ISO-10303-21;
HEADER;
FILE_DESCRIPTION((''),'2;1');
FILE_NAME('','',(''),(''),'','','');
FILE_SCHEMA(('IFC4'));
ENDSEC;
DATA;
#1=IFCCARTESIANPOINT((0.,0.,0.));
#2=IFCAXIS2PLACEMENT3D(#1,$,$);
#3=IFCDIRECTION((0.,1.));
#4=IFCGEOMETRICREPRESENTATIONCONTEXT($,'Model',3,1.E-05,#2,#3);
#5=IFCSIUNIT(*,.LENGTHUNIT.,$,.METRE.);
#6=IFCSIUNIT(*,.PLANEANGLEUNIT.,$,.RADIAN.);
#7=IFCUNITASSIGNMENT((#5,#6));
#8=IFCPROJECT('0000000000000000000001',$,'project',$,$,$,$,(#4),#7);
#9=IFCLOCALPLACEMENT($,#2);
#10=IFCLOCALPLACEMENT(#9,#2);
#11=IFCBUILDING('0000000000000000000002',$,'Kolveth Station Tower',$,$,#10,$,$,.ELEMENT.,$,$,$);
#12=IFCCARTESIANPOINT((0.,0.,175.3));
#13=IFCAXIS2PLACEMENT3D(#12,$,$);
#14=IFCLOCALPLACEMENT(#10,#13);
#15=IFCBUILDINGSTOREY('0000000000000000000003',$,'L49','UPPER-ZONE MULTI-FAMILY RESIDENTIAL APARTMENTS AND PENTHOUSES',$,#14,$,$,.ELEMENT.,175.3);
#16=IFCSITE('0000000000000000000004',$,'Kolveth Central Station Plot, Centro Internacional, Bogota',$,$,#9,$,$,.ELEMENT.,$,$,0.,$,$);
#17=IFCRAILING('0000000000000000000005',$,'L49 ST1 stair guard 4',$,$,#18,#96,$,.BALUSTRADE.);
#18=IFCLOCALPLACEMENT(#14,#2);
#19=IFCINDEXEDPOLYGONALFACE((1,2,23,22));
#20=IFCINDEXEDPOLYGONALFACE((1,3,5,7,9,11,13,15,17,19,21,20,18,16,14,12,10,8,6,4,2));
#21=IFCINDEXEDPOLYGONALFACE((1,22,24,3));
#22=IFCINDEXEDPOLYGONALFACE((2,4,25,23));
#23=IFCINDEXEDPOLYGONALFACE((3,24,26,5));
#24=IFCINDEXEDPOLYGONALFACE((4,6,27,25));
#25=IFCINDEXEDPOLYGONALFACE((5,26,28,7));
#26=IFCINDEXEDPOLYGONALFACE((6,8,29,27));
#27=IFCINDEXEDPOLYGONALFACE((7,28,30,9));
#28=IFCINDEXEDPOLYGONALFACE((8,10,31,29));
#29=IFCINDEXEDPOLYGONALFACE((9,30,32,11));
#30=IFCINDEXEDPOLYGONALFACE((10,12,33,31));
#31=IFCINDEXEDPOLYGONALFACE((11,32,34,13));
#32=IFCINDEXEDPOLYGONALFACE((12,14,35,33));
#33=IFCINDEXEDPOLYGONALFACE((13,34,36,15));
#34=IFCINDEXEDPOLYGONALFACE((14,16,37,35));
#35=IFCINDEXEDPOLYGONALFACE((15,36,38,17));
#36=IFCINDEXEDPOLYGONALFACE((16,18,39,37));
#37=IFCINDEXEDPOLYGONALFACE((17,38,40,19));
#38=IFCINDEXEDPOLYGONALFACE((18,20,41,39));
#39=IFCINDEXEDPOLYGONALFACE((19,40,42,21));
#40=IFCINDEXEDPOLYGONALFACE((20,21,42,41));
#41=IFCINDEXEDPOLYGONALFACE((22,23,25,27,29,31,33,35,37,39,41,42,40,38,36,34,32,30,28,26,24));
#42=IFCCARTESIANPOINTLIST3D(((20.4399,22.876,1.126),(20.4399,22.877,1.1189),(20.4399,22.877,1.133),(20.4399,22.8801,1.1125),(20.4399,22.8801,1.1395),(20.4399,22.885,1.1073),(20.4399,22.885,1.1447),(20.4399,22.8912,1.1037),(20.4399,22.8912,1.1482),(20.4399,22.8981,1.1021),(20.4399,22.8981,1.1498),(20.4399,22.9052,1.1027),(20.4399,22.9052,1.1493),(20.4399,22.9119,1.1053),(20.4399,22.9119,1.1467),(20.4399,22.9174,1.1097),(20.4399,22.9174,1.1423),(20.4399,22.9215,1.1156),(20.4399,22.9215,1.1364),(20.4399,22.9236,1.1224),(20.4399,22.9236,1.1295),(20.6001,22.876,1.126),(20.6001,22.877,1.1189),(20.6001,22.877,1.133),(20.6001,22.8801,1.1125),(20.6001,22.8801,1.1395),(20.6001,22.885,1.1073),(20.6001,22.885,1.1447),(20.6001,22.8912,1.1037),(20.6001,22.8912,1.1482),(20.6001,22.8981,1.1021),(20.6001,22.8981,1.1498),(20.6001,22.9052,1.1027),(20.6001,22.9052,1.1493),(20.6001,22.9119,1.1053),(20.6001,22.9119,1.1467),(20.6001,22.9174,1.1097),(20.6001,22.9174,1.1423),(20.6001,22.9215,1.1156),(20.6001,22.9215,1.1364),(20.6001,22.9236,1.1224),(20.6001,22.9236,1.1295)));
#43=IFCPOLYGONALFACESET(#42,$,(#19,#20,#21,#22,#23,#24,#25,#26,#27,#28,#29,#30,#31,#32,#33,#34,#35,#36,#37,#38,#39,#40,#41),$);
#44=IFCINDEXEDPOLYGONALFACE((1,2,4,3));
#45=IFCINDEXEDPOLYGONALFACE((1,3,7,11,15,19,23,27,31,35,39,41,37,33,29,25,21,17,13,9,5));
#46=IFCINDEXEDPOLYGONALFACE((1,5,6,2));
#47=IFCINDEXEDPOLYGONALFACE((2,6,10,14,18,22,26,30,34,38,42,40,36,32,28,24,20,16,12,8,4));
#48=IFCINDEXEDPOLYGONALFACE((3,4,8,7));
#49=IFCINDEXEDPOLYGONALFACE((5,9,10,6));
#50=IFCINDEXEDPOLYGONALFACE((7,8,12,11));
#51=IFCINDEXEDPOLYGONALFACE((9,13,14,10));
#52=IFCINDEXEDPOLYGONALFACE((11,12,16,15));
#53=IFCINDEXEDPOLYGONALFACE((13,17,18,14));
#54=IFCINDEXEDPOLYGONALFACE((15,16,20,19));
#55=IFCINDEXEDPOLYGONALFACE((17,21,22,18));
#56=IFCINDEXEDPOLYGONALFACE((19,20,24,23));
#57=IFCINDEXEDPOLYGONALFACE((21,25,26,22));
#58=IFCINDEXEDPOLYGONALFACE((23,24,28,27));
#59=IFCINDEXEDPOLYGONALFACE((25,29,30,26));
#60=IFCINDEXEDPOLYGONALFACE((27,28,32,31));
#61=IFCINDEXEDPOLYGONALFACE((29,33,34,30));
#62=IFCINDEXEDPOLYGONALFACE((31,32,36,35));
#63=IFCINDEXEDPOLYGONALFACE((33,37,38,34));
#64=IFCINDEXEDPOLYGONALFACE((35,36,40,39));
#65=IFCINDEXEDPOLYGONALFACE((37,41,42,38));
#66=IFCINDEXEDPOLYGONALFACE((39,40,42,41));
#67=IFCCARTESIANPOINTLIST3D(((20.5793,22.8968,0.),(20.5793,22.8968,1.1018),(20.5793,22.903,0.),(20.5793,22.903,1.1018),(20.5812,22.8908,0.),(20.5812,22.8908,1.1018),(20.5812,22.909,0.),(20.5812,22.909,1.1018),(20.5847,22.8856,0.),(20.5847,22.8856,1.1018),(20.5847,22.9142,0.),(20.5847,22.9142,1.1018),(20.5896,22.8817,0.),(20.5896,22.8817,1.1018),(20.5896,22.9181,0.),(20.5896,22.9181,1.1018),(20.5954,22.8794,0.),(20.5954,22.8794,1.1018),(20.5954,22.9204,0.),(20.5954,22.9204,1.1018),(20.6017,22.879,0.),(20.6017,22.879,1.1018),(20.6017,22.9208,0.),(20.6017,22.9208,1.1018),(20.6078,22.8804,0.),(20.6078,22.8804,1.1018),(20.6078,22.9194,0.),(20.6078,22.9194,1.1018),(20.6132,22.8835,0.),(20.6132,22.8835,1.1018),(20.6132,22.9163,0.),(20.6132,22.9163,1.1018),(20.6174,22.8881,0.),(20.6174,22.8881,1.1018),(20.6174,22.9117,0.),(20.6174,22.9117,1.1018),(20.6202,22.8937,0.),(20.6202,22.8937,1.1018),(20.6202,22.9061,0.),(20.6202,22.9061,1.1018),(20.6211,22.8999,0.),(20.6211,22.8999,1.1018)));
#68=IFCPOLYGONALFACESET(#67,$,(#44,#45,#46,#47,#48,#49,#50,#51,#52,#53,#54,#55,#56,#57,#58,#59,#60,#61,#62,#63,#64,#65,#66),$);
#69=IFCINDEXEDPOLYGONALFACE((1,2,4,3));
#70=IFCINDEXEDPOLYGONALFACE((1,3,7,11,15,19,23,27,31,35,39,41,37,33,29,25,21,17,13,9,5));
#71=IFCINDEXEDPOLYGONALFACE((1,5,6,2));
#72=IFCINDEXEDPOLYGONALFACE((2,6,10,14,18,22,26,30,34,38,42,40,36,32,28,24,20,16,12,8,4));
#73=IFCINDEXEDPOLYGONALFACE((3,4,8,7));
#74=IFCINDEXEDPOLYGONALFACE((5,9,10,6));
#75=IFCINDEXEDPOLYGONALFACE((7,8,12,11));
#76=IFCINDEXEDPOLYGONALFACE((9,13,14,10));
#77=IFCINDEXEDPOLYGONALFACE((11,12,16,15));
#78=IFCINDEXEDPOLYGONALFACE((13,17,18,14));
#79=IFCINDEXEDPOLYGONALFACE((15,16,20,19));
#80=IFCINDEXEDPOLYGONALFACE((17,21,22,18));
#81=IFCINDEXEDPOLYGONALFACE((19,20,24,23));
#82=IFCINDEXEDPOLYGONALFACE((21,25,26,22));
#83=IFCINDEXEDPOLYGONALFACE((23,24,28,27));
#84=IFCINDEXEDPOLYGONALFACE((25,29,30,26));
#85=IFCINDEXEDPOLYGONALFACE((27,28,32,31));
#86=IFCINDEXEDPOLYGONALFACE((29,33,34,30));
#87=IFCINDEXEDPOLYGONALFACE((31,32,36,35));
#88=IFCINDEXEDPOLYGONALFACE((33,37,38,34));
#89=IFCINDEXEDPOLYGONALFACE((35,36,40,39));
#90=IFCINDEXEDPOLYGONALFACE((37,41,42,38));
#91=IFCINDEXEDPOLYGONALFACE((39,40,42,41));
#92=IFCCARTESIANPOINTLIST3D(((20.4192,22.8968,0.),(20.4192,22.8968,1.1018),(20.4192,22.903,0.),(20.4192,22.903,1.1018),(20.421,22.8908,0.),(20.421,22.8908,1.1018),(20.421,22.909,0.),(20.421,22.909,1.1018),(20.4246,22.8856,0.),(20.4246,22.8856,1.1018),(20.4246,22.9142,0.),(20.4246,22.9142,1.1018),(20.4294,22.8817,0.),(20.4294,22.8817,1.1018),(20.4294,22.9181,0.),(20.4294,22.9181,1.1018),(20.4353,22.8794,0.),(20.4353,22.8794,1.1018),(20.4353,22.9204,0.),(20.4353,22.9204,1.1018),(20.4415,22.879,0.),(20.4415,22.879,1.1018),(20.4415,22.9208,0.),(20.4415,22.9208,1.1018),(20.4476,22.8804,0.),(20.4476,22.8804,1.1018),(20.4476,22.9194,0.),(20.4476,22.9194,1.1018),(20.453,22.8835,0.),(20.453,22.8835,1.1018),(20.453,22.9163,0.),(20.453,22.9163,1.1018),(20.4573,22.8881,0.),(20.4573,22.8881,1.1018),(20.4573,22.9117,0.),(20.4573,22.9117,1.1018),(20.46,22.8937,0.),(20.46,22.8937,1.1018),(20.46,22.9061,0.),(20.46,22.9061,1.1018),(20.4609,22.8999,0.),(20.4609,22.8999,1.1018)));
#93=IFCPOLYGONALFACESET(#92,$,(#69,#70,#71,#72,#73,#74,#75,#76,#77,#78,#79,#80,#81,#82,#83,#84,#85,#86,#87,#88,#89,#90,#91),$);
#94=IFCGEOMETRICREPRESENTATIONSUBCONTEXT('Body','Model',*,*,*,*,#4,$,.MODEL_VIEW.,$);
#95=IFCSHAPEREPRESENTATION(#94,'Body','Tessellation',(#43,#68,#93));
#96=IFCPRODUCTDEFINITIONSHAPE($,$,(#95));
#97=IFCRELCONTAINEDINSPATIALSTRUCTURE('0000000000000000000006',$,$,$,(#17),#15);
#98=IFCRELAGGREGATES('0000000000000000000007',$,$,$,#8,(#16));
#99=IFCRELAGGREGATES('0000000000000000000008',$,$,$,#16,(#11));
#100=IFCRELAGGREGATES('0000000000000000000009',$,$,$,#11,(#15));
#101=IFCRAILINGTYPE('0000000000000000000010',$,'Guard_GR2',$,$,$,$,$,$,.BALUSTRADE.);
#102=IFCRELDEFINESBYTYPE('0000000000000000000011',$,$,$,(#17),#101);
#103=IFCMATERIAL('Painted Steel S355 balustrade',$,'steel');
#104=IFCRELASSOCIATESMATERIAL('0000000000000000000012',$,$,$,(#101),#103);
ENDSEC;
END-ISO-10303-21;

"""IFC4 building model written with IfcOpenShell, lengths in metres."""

from ifc_helpers import new_model, si_unit, direction, frame, origin, origin_2d, place, context, subcontext, project, spatial, circle, extrude, material, type_object, element, save


model = new_model("IFC4")

# Units and contexts
model_context = context("Model", 3, precision=1e-05, world=origin(), true_north=direction((0.0, 1.0)))
body_context = subcontext(model_context, "Body", "Model", "MODEL_VIEW")
ifc_project = project(units=[si_unit("LENGTHUNIT", "METRE"), si_unit("PLANEANGLEUNIT", "RADIAN")], contexts=[model_context])

# Site, building, storey
site_placement = place(None, origin())
site = spatial("IfcSite", under=ifc_project, at=site_placement, Name="Kolveth Central Station Plot, Centro Internacional, Bogota", CompositionType="ELEMENT", RefElevation=0.0)
building_placement = place(site_placement, origin())
building = spatial("IfcBuilding", under=site, at=building_placement, Name="Kolveth Station Tower", CompositionType="ELEMENT")
storey_placement = place(building_placement, frame((0.0, 0.0, 175.3)))
storey = spatial("IfcBuildingStorey", under=building, at=storey_placement, Name="L49", Description="UPPER-ZONE MULTI-FAMILY RESIDENTIAL APARTMENTS AND PENTHOUSES", CompositionType="ELEMENT", Elevation=175.3)

# Railing
ifc_material_1 = material(Name="Painted Steel S355 balustrade", Category="steel")
railing_type_1 = type_object("IfcRailingType", Name="Guard_GR2", PredefinedType="BALUSTRADE", material=ifc_material_1)
railing_1_placement = place(storey_placement, frame((20.6001, 22.8999, 0.0)))
element("IfcRailing", 1, at=railing_1_placement, inside=storey, type_object=railing_type_1, Name="L49 ST1 stair guard 4", PredefinedType="BALUSTRADE", context=body_context, shape_type="SweptSolid", body=[
    extrude(circle(Radius=0.0239, at=origin_2d()), frame((0.0, 0.0, 1.126), z_axis=(-1.0, 0.0, 0.0), x_axis=(0.0, -1.0, 0.0)), (0.0, 0.0, 1.0), 0.1602),
    extrude(circle(Radius=0.021, at=origin_2d()), origin(), (0.0, 0.0, 1.0), 1.1018),
    extrude(circle(Radius=0.021, at=origin_2d()), frame((-0.1602, 0.0, 0.0)), (0.0, 0.0, 1.0), 1.1018),
])

save(model, "model.ifc")
